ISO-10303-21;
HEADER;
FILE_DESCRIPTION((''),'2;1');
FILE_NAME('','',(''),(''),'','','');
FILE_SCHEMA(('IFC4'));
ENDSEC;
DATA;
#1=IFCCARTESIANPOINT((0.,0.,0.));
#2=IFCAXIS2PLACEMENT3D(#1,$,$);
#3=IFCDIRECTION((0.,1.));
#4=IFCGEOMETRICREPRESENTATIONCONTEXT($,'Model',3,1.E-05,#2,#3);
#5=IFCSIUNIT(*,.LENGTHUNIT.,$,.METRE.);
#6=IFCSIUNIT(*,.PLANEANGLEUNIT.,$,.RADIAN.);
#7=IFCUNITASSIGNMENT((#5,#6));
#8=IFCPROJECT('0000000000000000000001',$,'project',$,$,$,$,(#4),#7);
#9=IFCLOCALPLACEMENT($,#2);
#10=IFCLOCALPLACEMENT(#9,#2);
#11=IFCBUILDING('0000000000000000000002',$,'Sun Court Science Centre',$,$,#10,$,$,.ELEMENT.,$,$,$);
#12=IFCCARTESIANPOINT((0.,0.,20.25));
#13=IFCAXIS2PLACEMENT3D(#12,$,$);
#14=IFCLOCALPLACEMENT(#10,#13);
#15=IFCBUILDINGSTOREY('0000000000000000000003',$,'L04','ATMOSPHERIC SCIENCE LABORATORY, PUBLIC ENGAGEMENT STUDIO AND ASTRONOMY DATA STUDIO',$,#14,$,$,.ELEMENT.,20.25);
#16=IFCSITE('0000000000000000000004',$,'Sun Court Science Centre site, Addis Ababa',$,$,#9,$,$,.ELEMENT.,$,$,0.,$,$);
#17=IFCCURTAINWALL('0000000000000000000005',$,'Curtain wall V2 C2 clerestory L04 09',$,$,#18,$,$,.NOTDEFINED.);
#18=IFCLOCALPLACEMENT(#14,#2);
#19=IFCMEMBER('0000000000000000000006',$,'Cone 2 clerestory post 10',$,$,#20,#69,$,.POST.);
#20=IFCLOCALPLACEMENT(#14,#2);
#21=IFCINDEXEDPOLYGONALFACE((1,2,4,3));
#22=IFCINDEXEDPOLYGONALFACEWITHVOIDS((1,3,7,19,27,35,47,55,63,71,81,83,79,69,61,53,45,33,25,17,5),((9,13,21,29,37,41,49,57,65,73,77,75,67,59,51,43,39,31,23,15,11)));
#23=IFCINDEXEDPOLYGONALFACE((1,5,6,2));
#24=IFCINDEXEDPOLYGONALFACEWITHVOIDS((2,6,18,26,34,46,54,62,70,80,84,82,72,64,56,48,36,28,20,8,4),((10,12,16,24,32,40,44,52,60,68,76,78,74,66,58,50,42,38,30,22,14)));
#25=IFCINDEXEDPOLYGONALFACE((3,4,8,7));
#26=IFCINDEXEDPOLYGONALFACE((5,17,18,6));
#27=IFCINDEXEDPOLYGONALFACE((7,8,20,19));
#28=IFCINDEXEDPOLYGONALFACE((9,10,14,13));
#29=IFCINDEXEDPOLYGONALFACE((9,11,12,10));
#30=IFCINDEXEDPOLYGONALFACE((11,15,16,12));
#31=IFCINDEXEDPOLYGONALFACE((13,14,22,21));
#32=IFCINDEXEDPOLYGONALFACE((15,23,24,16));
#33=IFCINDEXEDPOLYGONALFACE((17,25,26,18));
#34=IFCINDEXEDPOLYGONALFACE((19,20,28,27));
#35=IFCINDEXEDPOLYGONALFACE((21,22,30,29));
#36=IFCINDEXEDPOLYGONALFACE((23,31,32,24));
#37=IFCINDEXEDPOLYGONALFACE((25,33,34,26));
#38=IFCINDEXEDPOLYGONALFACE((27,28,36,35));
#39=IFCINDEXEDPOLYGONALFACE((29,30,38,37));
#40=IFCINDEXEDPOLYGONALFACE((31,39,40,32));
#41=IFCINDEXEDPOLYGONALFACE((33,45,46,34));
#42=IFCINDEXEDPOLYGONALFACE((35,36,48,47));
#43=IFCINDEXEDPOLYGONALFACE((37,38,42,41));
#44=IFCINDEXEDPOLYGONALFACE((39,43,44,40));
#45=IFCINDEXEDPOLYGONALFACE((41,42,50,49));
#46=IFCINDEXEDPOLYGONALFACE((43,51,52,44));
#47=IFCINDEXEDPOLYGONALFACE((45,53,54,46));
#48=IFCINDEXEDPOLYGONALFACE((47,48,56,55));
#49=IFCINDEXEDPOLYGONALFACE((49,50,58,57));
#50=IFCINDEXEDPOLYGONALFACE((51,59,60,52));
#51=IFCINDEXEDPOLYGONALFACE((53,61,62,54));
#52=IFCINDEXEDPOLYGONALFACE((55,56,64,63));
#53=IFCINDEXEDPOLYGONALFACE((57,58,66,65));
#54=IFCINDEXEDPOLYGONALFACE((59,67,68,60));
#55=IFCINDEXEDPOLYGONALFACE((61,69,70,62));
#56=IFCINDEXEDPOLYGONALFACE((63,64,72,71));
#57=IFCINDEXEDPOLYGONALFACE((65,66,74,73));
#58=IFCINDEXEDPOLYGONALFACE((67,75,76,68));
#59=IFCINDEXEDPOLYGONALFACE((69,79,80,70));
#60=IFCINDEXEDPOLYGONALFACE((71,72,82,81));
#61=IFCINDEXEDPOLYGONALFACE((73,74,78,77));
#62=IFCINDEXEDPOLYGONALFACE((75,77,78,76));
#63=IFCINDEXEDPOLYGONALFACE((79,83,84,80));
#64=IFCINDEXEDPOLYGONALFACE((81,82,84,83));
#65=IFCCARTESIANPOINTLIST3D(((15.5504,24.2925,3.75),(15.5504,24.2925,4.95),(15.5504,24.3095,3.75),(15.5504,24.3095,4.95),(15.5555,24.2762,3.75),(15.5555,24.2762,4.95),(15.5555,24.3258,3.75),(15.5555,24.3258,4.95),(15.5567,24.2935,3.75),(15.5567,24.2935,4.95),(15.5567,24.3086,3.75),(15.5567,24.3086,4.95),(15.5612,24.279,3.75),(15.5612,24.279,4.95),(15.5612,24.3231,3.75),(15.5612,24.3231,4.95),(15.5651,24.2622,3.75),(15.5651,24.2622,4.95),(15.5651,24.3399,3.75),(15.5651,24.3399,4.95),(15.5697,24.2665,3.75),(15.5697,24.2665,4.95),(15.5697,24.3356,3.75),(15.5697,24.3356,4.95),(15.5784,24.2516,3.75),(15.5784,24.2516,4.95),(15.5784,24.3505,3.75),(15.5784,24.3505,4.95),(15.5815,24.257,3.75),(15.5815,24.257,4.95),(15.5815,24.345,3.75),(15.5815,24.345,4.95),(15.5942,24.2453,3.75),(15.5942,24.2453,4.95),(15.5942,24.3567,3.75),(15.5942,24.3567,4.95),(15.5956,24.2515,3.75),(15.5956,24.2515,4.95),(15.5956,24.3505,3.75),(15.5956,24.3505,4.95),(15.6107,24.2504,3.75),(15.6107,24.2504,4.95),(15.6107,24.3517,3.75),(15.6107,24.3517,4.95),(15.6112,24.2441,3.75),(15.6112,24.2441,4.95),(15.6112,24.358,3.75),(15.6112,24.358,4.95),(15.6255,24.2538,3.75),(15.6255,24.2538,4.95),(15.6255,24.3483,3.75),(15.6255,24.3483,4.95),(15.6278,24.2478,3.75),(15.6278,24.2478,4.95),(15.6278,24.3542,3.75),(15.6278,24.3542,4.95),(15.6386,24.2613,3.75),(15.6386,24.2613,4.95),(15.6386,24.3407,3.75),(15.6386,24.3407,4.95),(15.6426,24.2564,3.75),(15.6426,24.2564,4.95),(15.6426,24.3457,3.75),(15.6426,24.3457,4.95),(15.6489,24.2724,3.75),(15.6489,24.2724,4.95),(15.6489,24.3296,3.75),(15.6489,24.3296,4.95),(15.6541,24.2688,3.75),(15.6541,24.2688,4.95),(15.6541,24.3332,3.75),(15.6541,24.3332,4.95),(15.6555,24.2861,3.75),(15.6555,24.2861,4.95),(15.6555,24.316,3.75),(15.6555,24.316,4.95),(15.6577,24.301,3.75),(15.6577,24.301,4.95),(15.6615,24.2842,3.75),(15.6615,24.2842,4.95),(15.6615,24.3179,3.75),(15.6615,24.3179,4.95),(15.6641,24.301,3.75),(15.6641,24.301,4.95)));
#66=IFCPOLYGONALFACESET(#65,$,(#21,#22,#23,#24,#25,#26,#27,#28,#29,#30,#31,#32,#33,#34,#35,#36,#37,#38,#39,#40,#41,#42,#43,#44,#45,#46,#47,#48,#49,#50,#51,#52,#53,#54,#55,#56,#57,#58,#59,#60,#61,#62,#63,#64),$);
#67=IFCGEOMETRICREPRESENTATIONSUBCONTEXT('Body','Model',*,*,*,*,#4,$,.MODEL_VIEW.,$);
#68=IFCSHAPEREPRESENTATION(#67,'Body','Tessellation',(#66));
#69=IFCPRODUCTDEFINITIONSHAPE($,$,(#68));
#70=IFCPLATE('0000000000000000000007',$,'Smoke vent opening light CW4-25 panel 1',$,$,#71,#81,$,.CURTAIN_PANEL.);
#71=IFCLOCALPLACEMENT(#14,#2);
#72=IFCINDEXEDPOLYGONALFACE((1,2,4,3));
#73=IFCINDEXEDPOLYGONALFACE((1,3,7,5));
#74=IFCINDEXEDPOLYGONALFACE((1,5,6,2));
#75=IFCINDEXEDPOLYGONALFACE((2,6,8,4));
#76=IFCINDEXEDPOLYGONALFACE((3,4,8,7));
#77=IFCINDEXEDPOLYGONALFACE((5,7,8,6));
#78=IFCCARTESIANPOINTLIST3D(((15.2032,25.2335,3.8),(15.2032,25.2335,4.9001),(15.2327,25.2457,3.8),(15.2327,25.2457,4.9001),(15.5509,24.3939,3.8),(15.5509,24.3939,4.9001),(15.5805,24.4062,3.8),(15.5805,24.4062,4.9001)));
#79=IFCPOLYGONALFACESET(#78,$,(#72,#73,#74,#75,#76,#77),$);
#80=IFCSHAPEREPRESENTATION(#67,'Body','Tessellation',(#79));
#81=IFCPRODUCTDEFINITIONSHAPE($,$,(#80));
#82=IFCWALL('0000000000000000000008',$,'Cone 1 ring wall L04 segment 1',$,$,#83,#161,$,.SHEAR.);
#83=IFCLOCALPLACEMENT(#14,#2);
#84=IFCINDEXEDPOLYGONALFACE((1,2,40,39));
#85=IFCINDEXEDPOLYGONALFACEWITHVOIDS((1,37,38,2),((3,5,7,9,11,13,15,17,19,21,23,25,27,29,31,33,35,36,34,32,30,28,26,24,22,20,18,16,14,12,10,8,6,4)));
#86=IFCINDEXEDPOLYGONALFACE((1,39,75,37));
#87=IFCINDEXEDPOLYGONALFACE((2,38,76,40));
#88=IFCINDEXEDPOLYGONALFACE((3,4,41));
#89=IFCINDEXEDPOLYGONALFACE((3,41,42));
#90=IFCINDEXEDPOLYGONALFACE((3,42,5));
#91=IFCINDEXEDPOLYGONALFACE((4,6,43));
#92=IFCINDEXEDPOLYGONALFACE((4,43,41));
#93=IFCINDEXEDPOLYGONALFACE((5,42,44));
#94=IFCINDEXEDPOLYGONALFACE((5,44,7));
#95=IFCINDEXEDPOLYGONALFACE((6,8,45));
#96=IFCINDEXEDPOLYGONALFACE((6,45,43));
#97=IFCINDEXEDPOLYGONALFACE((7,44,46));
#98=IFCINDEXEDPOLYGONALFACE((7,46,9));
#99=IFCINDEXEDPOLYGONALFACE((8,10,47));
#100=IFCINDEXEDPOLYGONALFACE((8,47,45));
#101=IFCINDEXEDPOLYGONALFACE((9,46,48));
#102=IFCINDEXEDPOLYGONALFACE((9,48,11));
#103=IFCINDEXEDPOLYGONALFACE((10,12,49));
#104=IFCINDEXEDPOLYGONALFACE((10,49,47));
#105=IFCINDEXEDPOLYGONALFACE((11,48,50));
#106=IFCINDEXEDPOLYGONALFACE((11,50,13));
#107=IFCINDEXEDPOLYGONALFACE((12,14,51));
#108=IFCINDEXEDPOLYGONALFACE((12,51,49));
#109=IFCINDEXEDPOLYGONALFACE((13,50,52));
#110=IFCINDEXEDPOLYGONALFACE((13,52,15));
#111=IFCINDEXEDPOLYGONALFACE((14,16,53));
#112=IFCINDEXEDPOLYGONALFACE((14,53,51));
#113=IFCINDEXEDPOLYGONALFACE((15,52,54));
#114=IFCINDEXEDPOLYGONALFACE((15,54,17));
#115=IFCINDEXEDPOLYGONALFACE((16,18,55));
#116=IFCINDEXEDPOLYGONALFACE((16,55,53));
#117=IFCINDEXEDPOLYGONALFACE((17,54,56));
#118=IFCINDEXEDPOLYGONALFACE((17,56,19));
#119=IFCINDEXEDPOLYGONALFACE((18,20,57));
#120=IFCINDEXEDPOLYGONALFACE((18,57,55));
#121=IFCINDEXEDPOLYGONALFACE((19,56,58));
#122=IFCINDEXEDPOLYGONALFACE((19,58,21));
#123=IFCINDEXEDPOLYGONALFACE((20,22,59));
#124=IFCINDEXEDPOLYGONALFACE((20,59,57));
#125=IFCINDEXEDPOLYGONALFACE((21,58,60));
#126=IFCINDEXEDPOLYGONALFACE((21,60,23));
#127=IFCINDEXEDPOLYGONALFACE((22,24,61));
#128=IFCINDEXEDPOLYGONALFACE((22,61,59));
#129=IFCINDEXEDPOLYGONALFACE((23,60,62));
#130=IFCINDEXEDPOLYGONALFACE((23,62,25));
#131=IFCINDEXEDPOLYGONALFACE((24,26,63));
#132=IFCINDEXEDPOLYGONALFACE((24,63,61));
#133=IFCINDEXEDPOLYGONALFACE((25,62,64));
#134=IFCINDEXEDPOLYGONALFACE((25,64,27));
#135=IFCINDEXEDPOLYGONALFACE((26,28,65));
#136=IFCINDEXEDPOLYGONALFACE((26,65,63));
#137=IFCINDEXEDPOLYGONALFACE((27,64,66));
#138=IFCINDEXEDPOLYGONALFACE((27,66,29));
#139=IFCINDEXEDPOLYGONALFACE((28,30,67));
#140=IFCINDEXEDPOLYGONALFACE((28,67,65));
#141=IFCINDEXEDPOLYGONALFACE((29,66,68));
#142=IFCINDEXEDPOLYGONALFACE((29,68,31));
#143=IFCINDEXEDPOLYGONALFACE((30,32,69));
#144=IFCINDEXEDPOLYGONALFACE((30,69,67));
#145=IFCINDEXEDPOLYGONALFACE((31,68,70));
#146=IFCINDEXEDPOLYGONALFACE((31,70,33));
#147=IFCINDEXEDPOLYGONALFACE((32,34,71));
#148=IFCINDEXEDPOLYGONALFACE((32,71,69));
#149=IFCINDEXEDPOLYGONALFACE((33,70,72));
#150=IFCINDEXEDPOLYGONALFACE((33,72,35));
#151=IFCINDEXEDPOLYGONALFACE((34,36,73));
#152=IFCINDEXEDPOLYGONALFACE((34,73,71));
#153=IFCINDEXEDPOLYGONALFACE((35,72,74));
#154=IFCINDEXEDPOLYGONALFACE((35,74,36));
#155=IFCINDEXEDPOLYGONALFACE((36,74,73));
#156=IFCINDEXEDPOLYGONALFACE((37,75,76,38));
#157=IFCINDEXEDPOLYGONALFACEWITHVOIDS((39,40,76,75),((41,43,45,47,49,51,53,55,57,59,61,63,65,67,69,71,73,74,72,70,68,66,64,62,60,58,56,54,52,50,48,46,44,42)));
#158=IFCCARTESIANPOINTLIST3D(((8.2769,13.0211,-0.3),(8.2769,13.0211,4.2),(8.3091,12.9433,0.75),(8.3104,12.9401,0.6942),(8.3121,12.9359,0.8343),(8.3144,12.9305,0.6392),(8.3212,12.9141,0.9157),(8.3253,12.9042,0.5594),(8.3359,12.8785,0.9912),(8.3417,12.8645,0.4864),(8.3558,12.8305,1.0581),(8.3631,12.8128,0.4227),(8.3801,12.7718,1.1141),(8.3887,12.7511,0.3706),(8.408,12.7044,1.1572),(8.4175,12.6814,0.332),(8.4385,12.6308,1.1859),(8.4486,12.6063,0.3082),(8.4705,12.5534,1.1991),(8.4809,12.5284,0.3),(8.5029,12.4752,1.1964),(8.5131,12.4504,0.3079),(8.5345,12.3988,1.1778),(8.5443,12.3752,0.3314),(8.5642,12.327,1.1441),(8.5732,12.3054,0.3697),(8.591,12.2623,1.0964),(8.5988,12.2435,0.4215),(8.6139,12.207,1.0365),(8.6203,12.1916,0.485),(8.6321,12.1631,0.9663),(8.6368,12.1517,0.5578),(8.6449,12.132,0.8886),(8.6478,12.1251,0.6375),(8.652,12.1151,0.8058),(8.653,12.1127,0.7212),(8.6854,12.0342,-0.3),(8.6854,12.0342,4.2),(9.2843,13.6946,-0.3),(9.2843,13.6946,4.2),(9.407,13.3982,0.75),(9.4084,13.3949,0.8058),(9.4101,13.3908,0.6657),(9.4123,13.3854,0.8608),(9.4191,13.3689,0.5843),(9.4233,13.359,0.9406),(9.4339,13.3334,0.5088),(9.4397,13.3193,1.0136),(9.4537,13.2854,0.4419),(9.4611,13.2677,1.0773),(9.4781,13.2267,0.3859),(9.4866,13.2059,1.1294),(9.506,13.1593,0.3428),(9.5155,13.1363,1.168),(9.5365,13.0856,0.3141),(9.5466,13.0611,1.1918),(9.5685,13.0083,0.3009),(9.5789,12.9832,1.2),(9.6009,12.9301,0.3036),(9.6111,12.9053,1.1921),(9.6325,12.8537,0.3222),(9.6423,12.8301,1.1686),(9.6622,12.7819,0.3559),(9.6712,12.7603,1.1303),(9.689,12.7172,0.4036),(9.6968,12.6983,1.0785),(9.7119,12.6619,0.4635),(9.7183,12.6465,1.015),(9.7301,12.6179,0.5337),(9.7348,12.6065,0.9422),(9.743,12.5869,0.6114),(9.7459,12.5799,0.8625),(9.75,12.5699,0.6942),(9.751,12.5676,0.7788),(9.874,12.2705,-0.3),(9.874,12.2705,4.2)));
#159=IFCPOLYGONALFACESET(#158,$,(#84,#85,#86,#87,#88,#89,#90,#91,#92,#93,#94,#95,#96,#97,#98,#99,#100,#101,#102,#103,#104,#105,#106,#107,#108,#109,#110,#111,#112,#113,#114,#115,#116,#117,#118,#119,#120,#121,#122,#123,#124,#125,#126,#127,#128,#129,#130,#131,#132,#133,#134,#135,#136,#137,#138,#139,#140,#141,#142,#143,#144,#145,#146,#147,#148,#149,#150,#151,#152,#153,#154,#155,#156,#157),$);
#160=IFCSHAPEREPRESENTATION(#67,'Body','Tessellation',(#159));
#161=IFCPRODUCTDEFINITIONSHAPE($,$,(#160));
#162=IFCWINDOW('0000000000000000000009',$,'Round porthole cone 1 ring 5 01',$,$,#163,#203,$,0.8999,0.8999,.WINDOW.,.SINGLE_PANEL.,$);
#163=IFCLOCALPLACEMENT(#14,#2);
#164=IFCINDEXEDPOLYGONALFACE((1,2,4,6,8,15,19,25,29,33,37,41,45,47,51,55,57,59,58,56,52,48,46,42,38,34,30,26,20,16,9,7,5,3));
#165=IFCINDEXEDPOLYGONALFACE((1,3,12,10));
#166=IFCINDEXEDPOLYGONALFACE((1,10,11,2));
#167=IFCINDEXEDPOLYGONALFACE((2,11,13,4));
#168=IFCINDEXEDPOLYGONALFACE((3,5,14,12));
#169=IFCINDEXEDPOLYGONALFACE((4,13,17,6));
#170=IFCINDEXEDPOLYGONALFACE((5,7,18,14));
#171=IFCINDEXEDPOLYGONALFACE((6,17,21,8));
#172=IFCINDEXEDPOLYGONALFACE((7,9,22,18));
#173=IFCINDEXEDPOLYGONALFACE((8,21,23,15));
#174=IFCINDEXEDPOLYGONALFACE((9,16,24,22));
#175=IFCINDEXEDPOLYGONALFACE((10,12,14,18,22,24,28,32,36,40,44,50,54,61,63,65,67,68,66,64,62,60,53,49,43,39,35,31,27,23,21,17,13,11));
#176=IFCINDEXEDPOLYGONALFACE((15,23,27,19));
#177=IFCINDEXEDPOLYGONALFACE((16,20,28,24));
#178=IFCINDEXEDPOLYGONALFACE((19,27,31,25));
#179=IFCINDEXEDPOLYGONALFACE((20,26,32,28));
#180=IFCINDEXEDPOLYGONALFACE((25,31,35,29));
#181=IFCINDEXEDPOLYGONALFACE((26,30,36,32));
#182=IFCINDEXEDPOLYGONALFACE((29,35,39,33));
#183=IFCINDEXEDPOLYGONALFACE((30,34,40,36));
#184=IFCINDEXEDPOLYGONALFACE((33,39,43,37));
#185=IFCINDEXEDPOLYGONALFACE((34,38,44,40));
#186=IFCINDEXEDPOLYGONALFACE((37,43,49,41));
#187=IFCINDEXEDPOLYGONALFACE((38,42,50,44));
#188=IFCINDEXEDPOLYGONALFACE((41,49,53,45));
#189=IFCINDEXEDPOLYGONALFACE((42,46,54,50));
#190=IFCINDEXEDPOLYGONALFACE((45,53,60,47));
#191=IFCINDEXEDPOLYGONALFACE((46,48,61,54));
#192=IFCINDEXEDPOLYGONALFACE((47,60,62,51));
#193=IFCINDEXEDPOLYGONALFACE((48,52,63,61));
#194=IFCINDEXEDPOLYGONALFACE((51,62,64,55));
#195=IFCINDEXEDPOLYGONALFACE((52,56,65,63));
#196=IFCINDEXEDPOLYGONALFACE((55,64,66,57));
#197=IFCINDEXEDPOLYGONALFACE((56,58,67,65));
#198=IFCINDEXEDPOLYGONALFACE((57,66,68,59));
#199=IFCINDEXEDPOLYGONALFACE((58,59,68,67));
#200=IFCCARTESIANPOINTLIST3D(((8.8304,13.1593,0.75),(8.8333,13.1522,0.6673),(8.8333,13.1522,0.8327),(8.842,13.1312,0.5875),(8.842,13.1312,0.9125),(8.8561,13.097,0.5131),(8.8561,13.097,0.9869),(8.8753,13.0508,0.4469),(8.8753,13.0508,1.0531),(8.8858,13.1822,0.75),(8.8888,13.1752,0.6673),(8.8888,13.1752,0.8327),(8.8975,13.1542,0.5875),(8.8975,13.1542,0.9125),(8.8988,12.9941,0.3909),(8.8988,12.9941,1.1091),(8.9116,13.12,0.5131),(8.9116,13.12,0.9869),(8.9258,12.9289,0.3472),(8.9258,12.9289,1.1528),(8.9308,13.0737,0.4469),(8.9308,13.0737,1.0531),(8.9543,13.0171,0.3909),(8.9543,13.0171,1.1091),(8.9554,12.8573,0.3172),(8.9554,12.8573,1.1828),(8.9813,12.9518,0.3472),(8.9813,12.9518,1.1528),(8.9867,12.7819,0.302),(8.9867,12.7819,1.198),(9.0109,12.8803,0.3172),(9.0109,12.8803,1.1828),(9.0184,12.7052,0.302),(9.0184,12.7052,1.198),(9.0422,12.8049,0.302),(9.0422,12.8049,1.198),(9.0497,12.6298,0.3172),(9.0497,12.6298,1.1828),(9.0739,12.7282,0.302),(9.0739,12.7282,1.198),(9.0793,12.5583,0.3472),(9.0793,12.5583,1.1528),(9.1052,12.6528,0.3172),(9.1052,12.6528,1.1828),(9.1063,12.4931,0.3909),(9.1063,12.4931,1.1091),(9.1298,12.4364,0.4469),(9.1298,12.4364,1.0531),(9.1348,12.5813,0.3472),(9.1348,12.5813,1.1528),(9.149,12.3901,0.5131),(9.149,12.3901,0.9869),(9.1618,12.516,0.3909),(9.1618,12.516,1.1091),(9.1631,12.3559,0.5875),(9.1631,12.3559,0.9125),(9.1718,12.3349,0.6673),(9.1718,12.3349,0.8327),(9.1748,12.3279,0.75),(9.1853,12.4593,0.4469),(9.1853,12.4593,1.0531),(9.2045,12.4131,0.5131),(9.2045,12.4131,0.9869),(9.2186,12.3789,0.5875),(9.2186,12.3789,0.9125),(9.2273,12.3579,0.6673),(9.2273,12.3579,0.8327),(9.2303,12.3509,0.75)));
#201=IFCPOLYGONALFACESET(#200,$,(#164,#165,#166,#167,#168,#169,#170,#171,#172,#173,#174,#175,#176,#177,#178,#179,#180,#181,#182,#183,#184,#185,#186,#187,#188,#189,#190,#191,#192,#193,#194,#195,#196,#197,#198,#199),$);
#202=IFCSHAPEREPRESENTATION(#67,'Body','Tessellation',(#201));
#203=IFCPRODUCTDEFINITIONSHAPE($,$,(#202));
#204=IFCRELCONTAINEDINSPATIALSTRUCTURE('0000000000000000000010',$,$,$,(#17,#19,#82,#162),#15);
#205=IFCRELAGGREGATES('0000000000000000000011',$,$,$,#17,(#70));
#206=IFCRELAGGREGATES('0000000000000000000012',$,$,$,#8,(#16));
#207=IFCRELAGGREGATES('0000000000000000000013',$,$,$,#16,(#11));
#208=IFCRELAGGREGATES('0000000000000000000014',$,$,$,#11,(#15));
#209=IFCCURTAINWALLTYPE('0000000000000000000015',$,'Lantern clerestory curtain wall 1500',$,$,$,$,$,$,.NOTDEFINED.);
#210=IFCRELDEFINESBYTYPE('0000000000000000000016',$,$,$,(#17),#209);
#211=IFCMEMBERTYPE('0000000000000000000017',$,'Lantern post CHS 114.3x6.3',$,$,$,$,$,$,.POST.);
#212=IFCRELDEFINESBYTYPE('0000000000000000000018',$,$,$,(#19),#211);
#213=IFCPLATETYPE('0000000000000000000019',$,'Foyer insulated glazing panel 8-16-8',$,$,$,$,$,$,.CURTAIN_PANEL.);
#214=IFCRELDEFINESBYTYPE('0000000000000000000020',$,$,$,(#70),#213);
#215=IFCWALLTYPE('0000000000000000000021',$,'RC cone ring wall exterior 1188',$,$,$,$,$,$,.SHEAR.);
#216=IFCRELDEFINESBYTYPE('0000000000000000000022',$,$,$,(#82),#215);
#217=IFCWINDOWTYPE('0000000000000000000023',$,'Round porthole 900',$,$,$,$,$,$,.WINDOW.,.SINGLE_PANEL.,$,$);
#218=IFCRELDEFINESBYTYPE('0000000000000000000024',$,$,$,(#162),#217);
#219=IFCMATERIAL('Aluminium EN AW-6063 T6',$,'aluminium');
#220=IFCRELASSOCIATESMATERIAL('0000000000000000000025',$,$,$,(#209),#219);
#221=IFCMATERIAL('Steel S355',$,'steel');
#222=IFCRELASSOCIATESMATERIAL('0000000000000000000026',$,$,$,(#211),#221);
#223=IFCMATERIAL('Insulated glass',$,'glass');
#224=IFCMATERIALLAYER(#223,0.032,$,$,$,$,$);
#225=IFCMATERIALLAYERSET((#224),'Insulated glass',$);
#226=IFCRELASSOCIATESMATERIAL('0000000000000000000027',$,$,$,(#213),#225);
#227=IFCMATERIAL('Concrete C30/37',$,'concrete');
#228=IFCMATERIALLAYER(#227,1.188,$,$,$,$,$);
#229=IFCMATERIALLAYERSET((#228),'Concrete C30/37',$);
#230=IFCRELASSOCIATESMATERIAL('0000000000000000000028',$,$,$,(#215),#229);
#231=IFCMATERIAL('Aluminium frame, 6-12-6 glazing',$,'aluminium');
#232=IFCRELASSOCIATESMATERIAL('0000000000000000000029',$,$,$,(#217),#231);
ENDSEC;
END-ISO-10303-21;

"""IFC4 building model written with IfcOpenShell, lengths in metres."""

from ifc_helpers import new_model, si_unit, direction, frame, frame_2d, origin, origin_2d, place, context, subcontext, project, spatial, polyline, rectangle, circle, hollow_circle, outline, extrude, material, layer, layer_set, material_profile, profile_set, type_object, element, fill, aggregate, save


model = new_model("IFC4")

# Units and contexts
model_context = context("Model", 3, precision=1e-05, world=origin(), true_north=direction((0.0, 1.0)))
body_context = subcontext(model_context, "Body", "Model", "MODEL_VIEW")
ifc_project = project(units=[si_unit("LENGTHUNIT", "METRE"), si_unit("PLANEANGLEUNIT", "RADIAN")], contexts=[model_context])

# Site, building, storey
site_placement = place(None, origin())
site = spatial("IfcSite", under=ifc_project, at=site_placement, Name="Sun Court Science Centre site, Addis Ababa", CompositionType="ELEMENT", RefElevation=0.0)
building_placement = place(site_placement, origin())
building = spatial("IfcBuilding", under=site, at=building_placement, Name="Sun Court Science Centre", CompositionType="ELEMENT")
storey_placement = place(building_placement, frame((0.0, 0.0, 20.25)))
storey = spatial("IfcBuildingStorey", under=building, at=storey_placement, Name="L04", Description="ATMOSPHERIC SCIENCE LABORATORY, PUBLIC ENGAGEMENT STUDIO AND ASTRONOMY DATA STUDIO", CompositionType="ELEMENT", Elevation=20.25)

# Curtain wall
ifc_material_1 = material(Name="Aluminium EN AW-6063 T6", Category="aluminium")
curtain_wall_type = type_object("IfcCurtainWallType", Name="Lantern clerestory curtain wall 1500", PredefinedType="NOTDEFINED", material=ifc_material_1)
curtain_wall_placement = place(storey_placement, origin())
curtain_wall = element("IfcCurtainWall", 1, at=curtain_wall_placement, inside=storey, type_object=curtain_wall_type, Name="Curtain wall V2 C2 clerestory L04 09", PredefinedType="NOTDEFINED")

# Member
ifc_material_2 = material(Name="Steel S355", Category="steel")
ifc_material_profile_1 = material_profile(ifc_material_2, hollow_circle(Radius=0.0571, WallThickness=0.0063, at=origin_2d()), Name="CHS 114.3x6.3")
ifc_profile_set_1 = profile_set([ifc_material_profile_1], Name="Steel S355")
member_type_1 = type_object("IfcMemberType", Name="Lantern post CHS 114.3x6.3", PredefinedType="POST", material=ifc_profile_set_1)
for number, where, z_axis, x_axis, name in (
    (2, (15.6069, 24.301, 3.75), (0.0, 0.0, 1.0), (1.0, 0.0, 0.0), "Cone 2 clerestory post 10"),
):
    element("IfcMember", number, at=place(storey_placement, frame(where, z_axis=z_axis, x_axis=x_axis)), inside=storey, type_object=member_type_1, Name=name, PredefinedType="POST", context=body_context, shape_type="SweptSolid", body=[
        extrude(hollow_circle(Radius=0.0571, WallThickness=0.0063, at=origin_2d()), origin(), (0.0, 0.0, 1.0), 1.2),
    ])

# Plate
ifc_material_3 = material(Name="Insulated glass", Category="glass")
ifc_layer_1 = layer(ifc_material_3, 0.032)
ifc_layer_set_1 = layer_set([ifc_layer_1], Name="Insulated glass")
plate_type = type_object("IfcPlateType", Name="Foyer insulated glazing panel 8-16-8", PredefinedType="CURTAIN_PANEL", material=ifc_layer_set_1)
plate_placement = place(storey_placement, frame((15.3918, 24.8198, 3.8), z_axis=(0.0, 0.0, 1.0), x_axis=(-0.382683, 0.92388, 0.0)))
plate = element("IfcPlate", 3, at=plate_placement, type_object=plate_type, Name="Smoke vent opening light CW4-25 panel 1", PredefinedType="CURTAIN_PANEL", context=body_context, shape_type="SweptSolid", body=[
    extrude(rectangle(XDim=0.9087, YDim=0.032, at=origin_2d()), origin(), (0.0, 0.0, 1.0), 1.1001),
])
aggregate(curtain_wall, [plate])

# Wall, opening, window
ifc_material_4 = material(Name="Concrete C30/37", Category="concrete")
ifc_layer_2 = layer(ifc_material_4, 1.188)
ifc_layer_set_2 = layer_set([ifc_layer_2], Name="Concrete C30/37")
wall_type_1 = type_object("IfcWallType", Name="RC cone ring wall exterior 1188", PredefinedType="SHEAR", material=ifc_layer_set_2)
wall_1_placement = place(storey_placement, frame((9.3252, 12.0432, -0.3), z_axis=(0.0, 0.0, 1.0), x_axis=(-0.382725, 0.923862, 0.0)))
wall_1 = element("IfcWall", 4, at=wall_1_placement, inside=storey, type_object=wall_type_1, Name="Cone 1 ring wall L04 segment 1", PredefinedType="SHEAR", context=body_context, shape_type="SweptSolid", body=[
    extrude(outline(polyline([(0.0, -0.594), (1.5413, -0.5942), (1.3047, 0.5942), (0.2366, 0.5945), (0.0, -0.594)])), origin(), (0.0, 0.0, 1.0), 4.5),
])
opening_1_placement = place(wall_1_placement, frame((0.3206, 0.0, 0.6001)))
opening_1 = element("IfcOpeningElement", 5, at=opening_1_placement, cuts=wall_1, PredefinedType="OPENING", context=body_context, shape_type="SweptSolid", body=[
    extrude(circle(Radius=0.45, at=frame_2d((0.45, 0.45))), frame((0.0, 0.6042, 0.0), z_axis=(0.0, -1.0, 0.0), x_axis=(1.0, 0.0, 0.0)), (0.0, 0.0, 1.0), 1.2085),
])
ifc_material_5 = material(Name="Aluminium frame, 6-12-6 glazing", Category="aluminium")
window_type = type_object("IfcWindowType", Name="Round porthole 900", PartitioningType="SINGLE_PANEL", PredefinedType="WINDOW", material=ifc_material_5)
window_1_placement = place(opening_1_placement, origin())
window_1 = element("IfcWindow", 6, at=window_1_placement, inside=storey, type_object=window_type, Name="Round porthole cone 1 ring 5 01", OverallHeight=0.8999, OverallWidth=0.8999, PartitioningType="SINGLE_PANEL", PredefinedType="WINDOW", context=body_context, shape_type="SweptSolid", body=[
    extrude(circle(Radius=0.45, at=frame_2d((0.45, 0.45))), frame((0.0, 0.03, 0.0), z_axis=(0.0, -1.0, 0.0), x_axis=(1.0, 0.0, 0.0)), (0.0, 0.0, 1.0), 0.0601),
])
fill(opening_1, window_1)

save(model, "model.ifc")
